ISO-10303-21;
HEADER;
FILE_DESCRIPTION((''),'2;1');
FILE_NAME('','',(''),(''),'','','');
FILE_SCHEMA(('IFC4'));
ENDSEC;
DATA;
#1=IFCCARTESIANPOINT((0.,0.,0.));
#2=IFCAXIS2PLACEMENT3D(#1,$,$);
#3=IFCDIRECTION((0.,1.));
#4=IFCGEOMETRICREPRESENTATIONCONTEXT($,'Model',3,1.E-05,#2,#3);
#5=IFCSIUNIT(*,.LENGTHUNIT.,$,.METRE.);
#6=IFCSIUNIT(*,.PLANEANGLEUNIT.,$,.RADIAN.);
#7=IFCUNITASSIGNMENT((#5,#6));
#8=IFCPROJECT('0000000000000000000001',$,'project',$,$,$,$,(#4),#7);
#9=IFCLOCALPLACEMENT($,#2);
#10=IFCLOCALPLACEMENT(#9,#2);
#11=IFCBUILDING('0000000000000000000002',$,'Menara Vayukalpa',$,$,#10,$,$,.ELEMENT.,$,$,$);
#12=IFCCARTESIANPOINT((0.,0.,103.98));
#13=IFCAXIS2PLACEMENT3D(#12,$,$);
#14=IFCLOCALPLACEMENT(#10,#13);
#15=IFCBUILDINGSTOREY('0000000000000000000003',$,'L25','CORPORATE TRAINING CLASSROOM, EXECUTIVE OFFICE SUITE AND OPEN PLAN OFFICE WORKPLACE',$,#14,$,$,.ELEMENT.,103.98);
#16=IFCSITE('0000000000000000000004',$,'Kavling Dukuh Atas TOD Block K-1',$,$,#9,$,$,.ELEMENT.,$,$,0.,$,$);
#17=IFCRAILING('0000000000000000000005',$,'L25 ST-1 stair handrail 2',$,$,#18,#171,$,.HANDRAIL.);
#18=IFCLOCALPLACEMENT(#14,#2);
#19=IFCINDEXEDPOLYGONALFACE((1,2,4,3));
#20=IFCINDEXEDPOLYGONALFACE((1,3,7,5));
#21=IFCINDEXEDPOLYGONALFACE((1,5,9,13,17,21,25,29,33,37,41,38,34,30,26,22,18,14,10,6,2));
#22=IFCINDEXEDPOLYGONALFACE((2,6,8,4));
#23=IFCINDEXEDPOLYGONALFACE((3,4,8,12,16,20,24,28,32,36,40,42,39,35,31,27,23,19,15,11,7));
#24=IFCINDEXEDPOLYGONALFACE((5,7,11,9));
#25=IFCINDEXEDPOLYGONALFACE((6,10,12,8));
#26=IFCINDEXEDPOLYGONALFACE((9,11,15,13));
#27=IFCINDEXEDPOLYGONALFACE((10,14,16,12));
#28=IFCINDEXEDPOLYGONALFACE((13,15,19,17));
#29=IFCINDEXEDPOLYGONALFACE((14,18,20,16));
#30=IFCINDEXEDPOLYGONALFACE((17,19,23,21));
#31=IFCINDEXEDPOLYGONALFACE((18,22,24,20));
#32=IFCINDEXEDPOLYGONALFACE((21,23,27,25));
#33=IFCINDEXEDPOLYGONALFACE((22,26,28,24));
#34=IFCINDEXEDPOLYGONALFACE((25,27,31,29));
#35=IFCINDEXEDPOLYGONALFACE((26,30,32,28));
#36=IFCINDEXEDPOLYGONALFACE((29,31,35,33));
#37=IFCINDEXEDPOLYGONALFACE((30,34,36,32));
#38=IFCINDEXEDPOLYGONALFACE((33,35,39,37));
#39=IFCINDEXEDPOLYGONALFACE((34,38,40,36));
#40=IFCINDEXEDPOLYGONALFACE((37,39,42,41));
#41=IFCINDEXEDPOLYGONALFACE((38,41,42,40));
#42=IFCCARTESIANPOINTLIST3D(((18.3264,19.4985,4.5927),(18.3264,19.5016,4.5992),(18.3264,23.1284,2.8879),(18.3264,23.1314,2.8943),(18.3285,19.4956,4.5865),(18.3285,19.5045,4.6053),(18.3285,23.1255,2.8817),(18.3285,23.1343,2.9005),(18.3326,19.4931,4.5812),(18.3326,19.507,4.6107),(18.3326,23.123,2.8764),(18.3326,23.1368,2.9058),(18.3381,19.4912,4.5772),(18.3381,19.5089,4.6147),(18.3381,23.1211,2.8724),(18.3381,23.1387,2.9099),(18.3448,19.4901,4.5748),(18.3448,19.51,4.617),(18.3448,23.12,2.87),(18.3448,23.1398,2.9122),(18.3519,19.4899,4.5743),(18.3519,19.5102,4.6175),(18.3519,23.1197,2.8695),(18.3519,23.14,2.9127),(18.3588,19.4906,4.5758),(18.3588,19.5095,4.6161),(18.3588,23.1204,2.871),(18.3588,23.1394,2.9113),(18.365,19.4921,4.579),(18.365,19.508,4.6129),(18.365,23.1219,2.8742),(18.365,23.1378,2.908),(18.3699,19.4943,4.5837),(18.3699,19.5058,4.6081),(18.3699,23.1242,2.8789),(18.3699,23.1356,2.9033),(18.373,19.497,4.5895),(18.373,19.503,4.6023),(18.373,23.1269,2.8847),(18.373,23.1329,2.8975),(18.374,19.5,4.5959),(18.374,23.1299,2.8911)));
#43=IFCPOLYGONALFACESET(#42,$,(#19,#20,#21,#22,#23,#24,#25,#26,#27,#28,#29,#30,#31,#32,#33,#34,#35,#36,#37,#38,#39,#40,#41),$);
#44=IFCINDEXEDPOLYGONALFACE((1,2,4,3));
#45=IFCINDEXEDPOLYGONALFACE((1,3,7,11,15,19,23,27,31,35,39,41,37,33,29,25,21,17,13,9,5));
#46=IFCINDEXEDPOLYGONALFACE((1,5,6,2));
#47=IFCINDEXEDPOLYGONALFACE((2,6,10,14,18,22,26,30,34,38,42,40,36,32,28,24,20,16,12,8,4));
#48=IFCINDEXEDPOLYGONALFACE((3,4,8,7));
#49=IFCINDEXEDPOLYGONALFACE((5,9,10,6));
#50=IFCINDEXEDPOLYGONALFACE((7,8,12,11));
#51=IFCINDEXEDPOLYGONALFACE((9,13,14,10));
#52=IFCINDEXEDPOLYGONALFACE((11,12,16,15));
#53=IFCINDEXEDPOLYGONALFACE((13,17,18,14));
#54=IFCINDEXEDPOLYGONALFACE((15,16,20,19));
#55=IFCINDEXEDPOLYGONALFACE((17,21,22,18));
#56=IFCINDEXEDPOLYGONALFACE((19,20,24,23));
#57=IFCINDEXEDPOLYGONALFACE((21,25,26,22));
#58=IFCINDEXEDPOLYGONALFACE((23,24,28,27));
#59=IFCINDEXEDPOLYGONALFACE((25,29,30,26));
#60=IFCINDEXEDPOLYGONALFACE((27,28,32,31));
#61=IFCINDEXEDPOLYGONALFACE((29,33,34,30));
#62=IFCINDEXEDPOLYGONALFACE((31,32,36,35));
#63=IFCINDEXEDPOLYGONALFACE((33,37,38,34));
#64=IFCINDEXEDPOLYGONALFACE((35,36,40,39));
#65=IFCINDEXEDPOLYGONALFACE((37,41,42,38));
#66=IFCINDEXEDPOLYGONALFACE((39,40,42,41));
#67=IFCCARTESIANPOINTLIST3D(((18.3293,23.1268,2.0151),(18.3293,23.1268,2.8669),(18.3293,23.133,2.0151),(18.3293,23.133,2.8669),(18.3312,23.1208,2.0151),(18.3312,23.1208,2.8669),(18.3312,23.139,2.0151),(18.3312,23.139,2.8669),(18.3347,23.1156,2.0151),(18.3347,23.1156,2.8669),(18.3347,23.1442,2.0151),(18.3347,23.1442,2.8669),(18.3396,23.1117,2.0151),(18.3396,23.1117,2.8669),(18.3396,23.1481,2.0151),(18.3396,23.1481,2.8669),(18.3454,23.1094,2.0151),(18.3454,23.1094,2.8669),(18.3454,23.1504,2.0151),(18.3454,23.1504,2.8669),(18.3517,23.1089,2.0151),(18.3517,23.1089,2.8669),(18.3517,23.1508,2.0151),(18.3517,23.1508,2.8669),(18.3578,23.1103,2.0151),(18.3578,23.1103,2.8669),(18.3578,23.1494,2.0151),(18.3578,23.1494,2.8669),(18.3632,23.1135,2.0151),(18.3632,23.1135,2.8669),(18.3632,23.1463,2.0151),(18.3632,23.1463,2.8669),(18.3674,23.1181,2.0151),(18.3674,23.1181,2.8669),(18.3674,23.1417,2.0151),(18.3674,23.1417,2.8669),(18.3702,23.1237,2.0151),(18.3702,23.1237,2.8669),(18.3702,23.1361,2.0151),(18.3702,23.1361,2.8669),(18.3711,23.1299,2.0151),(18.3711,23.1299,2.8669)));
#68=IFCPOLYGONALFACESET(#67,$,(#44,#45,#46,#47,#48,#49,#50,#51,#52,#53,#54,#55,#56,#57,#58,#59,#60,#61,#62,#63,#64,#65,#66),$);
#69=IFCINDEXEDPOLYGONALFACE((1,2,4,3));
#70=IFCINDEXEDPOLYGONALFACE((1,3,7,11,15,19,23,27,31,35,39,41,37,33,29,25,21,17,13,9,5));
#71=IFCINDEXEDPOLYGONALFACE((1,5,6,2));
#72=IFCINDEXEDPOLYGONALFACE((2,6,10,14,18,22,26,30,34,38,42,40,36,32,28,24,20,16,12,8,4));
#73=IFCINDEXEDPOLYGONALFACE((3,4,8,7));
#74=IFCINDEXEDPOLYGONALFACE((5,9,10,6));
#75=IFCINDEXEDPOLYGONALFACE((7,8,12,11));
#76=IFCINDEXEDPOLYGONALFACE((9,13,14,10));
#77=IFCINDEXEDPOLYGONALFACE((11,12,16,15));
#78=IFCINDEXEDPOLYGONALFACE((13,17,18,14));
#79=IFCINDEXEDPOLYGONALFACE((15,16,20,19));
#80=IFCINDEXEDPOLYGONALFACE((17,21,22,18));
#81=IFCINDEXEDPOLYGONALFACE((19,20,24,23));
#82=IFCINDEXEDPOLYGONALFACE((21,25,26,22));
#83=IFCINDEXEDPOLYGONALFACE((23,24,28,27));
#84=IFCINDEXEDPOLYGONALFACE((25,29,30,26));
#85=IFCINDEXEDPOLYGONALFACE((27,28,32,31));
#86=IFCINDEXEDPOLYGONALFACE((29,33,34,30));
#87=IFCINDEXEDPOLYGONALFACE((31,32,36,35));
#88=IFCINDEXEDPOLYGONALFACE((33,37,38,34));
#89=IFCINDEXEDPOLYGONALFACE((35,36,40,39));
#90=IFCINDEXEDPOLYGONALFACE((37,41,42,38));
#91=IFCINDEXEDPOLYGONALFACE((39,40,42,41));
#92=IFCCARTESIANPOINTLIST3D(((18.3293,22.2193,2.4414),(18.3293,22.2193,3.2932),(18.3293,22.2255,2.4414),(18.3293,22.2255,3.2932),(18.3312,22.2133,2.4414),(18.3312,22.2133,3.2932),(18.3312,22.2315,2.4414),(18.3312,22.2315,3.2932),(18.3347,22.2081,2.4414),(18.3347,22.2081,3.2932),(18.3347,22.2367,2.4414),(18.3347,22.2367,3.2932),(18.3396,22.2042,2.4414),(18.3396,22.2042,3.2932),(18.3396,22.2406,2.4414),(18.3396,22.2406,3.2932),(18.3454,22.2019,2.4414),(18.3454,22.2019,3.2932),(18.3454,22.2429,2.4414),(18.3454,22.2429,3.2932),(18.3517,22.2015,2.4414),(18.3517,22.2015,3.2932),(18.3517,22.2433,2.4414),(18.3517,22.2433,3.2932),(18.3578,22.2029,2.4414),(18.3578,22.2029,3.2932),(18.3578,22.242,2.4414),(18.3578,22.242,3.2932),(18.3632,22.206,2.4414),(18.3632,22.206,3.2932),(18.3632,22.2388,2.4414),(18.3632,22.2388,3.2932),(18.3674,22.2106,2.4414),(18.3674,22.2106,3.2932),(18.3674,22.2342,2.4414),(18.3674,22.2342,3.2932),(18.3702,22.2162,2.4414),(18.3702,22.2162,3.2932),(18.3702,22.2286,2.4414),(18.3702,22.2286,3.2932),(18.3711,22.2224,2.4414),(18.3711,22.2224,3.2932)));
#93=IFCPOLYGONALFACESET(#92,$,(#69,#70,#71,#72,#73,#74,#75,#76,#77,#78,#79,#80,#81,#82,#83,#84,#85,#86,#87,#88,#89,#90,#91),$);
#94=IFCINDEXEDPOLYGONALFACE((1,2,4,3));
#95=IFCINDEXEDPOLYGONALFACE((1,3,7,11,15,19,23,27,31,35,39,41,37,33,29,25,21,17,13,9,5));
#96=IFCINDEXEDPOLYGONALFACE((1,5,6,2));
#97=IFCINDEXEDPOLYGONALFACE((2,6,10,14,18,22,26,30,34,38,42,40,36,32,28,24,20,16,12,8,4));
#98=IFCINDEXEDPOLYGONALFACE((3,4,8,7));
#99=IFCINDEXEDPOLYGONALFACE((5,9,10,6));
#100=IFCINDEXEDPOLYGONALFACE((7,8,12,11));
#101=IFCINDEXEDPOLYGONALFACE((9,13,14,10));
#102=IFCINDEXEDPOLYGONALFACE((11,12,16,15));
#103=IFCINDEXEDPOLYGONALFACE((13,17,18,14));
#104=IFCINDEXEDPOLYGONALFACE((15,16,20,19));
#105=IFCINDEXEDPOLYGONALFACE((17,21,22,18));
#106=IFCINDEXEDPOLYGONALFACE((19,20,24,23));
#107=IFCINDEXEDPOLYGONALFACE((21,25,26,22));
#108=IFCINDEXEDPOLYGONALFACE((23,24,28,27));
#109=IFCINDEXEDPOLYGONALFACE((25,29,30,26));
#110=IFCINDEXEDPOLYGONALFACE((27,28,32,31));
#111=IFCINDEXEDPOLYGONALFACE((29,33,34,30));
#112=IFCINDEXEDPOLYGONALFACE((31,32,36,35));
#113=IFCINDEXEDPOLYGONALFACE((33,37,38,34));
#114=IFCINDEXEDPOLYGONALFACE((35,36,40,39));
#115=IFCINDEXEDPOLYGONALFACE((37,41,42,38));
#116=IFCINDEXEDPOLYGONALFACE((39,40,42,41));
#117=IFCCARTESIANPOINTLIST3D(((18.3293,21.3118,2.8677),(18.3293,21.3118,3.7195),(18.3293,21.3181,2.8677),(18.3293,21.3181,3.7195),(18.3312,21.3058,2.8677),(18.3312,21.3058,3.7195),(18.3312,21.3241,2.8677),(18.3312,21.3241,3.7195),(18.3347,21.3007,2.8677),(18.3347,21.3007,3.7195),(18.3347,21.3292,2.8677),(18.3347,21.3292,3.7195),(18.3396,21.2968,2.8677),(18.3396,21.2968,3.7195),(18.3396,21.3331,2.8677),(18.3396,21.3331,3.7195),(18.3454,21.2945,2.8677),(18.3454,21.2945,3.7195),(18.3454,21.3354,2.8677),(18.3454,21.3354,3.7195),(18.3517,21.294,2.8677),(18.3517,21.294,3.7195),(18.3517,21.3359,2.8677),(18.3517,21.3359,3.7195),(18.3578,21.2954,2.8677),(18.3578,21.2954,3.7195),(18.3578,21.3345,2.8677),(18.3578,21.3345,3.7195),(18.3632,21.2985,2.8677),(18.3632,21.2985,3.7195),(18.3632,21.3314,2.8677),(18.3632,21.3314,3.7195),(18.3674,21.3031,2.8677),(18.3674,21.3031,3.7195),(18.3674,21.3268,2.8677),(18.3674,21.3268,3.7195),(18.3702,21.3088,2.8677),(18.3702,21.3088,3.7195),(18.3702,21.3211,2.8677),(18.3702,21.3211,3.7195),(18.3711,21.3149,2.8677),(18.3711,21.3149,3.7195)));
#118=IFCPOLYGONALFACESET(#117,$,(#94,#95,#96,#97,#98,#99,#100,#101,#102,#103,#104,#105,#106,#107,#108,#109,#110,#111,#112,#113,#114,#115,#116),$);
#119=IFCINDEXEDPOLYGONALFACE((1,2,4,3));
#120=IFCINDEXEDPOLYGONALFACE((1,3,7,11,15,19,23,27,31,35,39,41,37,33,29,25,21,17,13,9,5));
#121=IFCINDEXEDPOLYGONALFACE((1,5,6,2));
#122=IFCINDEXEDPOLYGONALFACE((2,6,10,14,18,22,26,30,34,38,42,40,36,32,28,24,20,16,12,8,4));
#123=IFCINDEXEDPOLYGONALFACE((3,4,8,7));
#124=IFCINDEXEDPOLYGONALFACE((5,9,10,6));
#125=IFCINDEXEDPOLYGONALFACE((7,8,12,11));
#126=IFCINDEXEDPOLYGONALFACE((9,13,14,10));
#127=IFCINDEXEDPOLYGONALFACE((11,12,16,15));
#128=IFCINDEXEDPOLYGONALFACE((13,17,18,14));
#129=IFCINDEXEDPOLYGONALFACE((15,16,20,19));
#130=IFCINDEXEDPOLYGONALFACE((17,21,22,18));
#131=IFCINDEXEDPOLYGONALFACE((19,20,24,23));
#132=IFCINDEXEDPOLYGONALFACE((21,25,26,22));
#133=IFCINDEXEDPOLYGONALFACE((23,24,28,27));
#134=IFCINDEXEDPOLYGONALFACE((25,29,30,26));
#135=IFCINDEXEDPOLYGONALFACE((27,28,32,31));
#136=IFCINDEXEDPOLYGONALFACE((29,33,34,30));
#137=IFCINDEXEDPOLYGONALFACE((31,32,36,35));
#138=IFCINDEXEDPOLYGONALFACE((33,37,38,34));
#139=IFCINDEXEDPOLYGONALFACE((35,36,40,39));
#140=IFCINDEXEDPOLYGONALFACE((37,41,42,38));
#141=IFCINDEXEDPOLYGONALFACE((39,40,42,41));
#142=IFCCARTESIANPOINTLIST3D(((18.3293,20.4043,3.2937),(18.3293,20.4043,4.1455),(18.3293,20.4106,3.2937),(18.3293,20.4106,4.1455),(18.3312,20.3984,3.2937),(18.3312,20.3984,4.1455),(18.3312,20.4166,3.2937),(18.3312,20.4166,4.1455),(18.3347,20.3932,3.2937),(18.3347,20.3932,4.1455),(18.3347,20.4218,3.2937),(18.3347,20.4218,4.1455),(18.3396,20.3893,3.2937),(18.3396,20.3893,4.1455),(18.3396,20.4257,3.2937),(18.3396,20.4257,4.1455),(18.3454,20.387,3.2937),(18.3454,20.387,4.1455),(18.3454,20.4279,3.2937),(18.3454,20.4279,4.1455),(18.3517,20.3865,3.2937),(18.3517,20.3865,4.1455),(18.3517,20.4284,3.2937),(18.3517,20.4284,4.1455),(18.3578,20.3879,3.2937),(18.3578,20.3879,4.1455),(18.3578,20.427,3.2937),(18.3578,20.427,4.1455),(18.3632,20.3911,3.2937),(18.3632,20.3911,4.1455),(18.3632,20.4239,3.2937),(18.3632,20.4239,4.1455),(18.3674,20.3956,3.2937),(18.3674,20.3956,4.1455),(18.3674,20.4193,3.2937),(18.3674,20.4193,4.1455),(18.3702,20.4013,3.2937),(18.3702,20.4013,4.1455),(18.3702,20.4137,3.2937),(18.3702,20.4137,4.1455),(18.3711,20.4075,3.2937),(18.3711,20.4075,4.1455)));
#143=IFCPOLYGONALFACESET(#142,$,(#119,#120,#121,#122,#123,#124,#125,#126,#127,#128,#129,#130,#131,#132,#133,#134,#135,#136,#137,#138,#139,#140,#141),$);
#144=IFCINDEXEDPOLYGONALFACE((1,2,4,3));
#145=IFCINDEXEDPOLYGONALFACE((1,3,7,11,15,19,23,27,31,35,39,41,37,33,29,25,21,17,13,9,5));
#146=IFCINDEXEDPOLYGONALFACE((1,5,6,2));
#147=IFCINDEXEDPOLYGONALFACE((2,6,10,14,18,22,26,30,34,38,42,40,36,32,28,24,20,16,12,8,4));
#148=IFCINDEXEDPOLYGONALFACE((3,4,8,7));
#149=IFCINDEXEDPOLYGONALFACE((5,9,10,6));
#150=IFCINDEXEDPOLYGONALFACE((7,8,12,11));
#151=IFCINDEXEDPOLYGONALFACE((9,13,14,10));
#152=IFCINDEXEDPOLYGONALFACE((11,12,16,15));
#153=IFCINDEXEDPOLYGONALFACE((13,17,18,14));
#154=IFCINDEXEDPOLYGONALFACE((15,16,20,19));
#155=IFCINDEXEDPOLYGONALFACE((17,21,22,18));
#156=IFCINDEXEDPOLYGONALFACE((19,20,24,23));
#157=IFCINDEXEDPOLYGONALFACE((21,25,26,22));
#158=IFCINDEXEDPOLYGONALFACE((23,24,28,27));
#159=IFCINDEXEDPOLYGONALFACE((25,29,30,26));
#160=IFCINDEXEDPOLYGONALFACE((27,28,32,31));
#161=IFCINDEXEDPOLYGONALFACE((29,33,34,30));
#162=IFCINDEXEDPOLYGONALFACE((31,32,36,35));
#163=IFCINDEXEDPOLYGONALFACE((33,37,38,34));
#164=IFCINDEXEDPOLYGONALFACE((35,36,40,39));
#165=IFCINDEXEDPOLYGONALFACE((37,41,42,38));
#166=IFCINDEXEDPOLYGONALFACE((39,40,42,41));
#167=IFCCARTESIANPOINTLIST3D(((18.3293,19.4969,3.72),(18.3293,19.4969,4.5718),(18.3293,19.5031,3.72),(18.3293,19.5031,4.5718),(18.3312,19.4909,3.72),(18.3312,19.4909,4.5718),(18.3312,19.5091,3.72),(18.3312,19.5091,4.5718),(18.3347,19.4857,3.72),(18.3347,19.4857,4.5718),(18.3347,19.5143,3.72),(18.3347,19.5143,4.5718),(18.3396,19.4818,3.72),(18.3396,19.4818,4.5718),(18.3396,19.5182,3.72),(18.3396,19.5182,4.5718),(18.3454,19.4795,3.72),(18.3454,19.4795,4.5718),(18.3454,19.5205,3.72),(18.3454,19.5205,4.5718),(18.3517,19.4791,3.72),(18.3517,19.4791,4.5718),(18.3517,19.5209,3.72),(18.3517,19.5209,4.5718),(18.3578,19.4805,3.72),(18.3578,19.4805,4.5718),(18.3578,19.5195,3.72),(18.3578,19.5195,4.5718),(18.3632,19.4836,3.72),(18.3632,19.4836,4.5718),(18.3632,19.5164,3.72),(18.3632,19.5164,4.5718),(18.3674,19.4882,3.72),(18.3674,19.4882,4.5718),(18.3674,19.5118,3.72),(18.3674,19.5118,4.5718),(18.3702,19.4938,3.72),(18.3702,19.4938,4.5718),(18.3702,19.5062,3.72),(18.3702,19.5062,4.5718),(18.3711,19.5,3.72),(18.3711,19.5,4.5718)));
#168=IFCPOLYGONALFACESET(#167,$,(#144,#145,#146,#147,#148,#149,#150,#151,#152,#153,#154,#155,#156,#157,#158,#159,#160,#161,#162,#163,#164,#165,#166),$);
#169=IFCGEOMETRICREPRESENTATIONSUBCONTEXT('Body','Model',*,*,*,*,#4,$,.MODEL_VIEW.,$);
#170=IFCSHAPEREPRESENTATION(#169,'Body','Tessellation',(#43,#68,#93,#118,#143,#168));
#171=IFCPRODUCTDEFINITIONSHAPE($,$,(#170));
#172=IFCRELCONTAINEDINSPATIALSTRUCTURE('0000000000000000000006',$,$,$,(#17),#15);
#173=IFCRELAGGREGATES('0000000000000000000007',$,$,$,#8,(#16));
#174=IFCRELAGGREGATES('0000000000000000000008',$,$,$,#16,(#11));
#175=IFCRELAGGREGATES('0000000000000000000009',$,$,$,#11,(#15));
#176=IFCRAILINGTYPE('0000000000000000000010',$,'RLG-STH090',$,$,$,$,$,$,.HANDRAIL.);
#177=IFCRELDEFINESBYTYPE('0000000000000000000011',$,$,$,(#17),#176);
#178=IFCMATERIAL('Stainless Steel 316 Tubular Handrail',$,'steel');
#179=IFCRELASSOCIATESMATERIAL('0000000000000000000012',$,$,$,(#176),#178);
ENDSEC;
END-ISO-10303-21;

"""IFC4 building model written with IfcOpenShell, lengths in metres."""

from ifc_helpers import new_model, si_unit, direction, frame, origin, origin_2d, place, context, subcontext, project, spatial, circle, extrude, material, type_object, element, save


model = new_model("IFC4")

# Units and contexts
model_context = context("Model", 3, precision=1e-05, world=origin(), true_north=direction((0.0, 1.0)))
body_context = subcontext(model_context, "Body", "Model", "MODEL_VIEW")
ifc_project = project(units=[si_unit("LENGTHUNIT", "METRE"), si_unit("PLANEANGLEUNIT", "RADIAN")], contexts=[model_context])

# Site, building, storey
site_placement = place(None, origin())
site = spatial("IfcSite", under=ifc_project, at=site_placement, Name="Kavling Dukuh Atas TOD Block K-1", CompositionType="ELEMENT", RefElevation=0.0)
building_placement = place(site_placement, origin())
building = spatial("IfcBuilding", under=site, at=building_placement, Name="Menara Vayukalpa", CompositionType="ELEMENT")
storey_placement = place(building_placement, frame((0.0, 0.0, 103.98)))
storey = spatial("IfcBuildingStorey", under=building, at=storey_placement, Name="L25", Description="CORPORATE TRAINING CLASSROOM, EXECUTIVE OFFICE SUITE AND OPEN PLAN OFFICE WORKPLACE", CompositionType="ELEMENT", Elevation=103.98)

# Railing
ifc_material_1 = material(Name="Stainless Steel 316 Tubular Handrail", Category="steel")
railing_type_1 = type_object("IfcRailingType", Name="RLG-STH090", PredefinedType="HANDRAIL", material=ifc_material_1)
railing_1_placement = place(storey_placement, frame((18.3501, 23.1299, 2.0151)))
element("IfcRailing", 1, at=railing_1_placement, inside=storey, type_object=railing_type_1, Name="L25 ST-1 stair handrail 2", PredefinedType="HANDRAIL", context=body_context, shape_type="SweptSolid", body=[
    extrude(circle(Radius=0.0239, at=origin_2d()), frame((0.0, 0.0, 0.876), z_axis=(0.0, -0.90514, 0.425114), x_axis=(1.0, 0.0, 0.0)), (0.0, 0.0, 1.0), 4.0103),
    extrude(circle(Radius=0.021, at=origin_2d()), origin(), (0.0, 0.0, 1.0), 0.8518),
    extrude(circle(Radius=0.021, at=origin_2d()), frame((0.0, -0.9075, 0.4263)), (0.0, 0.0, 1.0), 0.8518),
    extrude(circle(Radius=0.021, at=origin_2d()), frame((0.0, -1.8149, 0.8525)), (0.0, 0.0, 1.0), 0.8518),
    extrude(circle(Radius=0.021, at=origin_2d()), frame((0.0, -2.7224, 1.2786)), (0.0, 0.0, 1.0), 0.8518),
    extrude(circle(Radius=0.021, at=origin_2d()), frame((0.0, -3.6299, 1.7048)), (0.0, 0.0, 1.0), 0.8518),
])

save(model, "model.ifc")
